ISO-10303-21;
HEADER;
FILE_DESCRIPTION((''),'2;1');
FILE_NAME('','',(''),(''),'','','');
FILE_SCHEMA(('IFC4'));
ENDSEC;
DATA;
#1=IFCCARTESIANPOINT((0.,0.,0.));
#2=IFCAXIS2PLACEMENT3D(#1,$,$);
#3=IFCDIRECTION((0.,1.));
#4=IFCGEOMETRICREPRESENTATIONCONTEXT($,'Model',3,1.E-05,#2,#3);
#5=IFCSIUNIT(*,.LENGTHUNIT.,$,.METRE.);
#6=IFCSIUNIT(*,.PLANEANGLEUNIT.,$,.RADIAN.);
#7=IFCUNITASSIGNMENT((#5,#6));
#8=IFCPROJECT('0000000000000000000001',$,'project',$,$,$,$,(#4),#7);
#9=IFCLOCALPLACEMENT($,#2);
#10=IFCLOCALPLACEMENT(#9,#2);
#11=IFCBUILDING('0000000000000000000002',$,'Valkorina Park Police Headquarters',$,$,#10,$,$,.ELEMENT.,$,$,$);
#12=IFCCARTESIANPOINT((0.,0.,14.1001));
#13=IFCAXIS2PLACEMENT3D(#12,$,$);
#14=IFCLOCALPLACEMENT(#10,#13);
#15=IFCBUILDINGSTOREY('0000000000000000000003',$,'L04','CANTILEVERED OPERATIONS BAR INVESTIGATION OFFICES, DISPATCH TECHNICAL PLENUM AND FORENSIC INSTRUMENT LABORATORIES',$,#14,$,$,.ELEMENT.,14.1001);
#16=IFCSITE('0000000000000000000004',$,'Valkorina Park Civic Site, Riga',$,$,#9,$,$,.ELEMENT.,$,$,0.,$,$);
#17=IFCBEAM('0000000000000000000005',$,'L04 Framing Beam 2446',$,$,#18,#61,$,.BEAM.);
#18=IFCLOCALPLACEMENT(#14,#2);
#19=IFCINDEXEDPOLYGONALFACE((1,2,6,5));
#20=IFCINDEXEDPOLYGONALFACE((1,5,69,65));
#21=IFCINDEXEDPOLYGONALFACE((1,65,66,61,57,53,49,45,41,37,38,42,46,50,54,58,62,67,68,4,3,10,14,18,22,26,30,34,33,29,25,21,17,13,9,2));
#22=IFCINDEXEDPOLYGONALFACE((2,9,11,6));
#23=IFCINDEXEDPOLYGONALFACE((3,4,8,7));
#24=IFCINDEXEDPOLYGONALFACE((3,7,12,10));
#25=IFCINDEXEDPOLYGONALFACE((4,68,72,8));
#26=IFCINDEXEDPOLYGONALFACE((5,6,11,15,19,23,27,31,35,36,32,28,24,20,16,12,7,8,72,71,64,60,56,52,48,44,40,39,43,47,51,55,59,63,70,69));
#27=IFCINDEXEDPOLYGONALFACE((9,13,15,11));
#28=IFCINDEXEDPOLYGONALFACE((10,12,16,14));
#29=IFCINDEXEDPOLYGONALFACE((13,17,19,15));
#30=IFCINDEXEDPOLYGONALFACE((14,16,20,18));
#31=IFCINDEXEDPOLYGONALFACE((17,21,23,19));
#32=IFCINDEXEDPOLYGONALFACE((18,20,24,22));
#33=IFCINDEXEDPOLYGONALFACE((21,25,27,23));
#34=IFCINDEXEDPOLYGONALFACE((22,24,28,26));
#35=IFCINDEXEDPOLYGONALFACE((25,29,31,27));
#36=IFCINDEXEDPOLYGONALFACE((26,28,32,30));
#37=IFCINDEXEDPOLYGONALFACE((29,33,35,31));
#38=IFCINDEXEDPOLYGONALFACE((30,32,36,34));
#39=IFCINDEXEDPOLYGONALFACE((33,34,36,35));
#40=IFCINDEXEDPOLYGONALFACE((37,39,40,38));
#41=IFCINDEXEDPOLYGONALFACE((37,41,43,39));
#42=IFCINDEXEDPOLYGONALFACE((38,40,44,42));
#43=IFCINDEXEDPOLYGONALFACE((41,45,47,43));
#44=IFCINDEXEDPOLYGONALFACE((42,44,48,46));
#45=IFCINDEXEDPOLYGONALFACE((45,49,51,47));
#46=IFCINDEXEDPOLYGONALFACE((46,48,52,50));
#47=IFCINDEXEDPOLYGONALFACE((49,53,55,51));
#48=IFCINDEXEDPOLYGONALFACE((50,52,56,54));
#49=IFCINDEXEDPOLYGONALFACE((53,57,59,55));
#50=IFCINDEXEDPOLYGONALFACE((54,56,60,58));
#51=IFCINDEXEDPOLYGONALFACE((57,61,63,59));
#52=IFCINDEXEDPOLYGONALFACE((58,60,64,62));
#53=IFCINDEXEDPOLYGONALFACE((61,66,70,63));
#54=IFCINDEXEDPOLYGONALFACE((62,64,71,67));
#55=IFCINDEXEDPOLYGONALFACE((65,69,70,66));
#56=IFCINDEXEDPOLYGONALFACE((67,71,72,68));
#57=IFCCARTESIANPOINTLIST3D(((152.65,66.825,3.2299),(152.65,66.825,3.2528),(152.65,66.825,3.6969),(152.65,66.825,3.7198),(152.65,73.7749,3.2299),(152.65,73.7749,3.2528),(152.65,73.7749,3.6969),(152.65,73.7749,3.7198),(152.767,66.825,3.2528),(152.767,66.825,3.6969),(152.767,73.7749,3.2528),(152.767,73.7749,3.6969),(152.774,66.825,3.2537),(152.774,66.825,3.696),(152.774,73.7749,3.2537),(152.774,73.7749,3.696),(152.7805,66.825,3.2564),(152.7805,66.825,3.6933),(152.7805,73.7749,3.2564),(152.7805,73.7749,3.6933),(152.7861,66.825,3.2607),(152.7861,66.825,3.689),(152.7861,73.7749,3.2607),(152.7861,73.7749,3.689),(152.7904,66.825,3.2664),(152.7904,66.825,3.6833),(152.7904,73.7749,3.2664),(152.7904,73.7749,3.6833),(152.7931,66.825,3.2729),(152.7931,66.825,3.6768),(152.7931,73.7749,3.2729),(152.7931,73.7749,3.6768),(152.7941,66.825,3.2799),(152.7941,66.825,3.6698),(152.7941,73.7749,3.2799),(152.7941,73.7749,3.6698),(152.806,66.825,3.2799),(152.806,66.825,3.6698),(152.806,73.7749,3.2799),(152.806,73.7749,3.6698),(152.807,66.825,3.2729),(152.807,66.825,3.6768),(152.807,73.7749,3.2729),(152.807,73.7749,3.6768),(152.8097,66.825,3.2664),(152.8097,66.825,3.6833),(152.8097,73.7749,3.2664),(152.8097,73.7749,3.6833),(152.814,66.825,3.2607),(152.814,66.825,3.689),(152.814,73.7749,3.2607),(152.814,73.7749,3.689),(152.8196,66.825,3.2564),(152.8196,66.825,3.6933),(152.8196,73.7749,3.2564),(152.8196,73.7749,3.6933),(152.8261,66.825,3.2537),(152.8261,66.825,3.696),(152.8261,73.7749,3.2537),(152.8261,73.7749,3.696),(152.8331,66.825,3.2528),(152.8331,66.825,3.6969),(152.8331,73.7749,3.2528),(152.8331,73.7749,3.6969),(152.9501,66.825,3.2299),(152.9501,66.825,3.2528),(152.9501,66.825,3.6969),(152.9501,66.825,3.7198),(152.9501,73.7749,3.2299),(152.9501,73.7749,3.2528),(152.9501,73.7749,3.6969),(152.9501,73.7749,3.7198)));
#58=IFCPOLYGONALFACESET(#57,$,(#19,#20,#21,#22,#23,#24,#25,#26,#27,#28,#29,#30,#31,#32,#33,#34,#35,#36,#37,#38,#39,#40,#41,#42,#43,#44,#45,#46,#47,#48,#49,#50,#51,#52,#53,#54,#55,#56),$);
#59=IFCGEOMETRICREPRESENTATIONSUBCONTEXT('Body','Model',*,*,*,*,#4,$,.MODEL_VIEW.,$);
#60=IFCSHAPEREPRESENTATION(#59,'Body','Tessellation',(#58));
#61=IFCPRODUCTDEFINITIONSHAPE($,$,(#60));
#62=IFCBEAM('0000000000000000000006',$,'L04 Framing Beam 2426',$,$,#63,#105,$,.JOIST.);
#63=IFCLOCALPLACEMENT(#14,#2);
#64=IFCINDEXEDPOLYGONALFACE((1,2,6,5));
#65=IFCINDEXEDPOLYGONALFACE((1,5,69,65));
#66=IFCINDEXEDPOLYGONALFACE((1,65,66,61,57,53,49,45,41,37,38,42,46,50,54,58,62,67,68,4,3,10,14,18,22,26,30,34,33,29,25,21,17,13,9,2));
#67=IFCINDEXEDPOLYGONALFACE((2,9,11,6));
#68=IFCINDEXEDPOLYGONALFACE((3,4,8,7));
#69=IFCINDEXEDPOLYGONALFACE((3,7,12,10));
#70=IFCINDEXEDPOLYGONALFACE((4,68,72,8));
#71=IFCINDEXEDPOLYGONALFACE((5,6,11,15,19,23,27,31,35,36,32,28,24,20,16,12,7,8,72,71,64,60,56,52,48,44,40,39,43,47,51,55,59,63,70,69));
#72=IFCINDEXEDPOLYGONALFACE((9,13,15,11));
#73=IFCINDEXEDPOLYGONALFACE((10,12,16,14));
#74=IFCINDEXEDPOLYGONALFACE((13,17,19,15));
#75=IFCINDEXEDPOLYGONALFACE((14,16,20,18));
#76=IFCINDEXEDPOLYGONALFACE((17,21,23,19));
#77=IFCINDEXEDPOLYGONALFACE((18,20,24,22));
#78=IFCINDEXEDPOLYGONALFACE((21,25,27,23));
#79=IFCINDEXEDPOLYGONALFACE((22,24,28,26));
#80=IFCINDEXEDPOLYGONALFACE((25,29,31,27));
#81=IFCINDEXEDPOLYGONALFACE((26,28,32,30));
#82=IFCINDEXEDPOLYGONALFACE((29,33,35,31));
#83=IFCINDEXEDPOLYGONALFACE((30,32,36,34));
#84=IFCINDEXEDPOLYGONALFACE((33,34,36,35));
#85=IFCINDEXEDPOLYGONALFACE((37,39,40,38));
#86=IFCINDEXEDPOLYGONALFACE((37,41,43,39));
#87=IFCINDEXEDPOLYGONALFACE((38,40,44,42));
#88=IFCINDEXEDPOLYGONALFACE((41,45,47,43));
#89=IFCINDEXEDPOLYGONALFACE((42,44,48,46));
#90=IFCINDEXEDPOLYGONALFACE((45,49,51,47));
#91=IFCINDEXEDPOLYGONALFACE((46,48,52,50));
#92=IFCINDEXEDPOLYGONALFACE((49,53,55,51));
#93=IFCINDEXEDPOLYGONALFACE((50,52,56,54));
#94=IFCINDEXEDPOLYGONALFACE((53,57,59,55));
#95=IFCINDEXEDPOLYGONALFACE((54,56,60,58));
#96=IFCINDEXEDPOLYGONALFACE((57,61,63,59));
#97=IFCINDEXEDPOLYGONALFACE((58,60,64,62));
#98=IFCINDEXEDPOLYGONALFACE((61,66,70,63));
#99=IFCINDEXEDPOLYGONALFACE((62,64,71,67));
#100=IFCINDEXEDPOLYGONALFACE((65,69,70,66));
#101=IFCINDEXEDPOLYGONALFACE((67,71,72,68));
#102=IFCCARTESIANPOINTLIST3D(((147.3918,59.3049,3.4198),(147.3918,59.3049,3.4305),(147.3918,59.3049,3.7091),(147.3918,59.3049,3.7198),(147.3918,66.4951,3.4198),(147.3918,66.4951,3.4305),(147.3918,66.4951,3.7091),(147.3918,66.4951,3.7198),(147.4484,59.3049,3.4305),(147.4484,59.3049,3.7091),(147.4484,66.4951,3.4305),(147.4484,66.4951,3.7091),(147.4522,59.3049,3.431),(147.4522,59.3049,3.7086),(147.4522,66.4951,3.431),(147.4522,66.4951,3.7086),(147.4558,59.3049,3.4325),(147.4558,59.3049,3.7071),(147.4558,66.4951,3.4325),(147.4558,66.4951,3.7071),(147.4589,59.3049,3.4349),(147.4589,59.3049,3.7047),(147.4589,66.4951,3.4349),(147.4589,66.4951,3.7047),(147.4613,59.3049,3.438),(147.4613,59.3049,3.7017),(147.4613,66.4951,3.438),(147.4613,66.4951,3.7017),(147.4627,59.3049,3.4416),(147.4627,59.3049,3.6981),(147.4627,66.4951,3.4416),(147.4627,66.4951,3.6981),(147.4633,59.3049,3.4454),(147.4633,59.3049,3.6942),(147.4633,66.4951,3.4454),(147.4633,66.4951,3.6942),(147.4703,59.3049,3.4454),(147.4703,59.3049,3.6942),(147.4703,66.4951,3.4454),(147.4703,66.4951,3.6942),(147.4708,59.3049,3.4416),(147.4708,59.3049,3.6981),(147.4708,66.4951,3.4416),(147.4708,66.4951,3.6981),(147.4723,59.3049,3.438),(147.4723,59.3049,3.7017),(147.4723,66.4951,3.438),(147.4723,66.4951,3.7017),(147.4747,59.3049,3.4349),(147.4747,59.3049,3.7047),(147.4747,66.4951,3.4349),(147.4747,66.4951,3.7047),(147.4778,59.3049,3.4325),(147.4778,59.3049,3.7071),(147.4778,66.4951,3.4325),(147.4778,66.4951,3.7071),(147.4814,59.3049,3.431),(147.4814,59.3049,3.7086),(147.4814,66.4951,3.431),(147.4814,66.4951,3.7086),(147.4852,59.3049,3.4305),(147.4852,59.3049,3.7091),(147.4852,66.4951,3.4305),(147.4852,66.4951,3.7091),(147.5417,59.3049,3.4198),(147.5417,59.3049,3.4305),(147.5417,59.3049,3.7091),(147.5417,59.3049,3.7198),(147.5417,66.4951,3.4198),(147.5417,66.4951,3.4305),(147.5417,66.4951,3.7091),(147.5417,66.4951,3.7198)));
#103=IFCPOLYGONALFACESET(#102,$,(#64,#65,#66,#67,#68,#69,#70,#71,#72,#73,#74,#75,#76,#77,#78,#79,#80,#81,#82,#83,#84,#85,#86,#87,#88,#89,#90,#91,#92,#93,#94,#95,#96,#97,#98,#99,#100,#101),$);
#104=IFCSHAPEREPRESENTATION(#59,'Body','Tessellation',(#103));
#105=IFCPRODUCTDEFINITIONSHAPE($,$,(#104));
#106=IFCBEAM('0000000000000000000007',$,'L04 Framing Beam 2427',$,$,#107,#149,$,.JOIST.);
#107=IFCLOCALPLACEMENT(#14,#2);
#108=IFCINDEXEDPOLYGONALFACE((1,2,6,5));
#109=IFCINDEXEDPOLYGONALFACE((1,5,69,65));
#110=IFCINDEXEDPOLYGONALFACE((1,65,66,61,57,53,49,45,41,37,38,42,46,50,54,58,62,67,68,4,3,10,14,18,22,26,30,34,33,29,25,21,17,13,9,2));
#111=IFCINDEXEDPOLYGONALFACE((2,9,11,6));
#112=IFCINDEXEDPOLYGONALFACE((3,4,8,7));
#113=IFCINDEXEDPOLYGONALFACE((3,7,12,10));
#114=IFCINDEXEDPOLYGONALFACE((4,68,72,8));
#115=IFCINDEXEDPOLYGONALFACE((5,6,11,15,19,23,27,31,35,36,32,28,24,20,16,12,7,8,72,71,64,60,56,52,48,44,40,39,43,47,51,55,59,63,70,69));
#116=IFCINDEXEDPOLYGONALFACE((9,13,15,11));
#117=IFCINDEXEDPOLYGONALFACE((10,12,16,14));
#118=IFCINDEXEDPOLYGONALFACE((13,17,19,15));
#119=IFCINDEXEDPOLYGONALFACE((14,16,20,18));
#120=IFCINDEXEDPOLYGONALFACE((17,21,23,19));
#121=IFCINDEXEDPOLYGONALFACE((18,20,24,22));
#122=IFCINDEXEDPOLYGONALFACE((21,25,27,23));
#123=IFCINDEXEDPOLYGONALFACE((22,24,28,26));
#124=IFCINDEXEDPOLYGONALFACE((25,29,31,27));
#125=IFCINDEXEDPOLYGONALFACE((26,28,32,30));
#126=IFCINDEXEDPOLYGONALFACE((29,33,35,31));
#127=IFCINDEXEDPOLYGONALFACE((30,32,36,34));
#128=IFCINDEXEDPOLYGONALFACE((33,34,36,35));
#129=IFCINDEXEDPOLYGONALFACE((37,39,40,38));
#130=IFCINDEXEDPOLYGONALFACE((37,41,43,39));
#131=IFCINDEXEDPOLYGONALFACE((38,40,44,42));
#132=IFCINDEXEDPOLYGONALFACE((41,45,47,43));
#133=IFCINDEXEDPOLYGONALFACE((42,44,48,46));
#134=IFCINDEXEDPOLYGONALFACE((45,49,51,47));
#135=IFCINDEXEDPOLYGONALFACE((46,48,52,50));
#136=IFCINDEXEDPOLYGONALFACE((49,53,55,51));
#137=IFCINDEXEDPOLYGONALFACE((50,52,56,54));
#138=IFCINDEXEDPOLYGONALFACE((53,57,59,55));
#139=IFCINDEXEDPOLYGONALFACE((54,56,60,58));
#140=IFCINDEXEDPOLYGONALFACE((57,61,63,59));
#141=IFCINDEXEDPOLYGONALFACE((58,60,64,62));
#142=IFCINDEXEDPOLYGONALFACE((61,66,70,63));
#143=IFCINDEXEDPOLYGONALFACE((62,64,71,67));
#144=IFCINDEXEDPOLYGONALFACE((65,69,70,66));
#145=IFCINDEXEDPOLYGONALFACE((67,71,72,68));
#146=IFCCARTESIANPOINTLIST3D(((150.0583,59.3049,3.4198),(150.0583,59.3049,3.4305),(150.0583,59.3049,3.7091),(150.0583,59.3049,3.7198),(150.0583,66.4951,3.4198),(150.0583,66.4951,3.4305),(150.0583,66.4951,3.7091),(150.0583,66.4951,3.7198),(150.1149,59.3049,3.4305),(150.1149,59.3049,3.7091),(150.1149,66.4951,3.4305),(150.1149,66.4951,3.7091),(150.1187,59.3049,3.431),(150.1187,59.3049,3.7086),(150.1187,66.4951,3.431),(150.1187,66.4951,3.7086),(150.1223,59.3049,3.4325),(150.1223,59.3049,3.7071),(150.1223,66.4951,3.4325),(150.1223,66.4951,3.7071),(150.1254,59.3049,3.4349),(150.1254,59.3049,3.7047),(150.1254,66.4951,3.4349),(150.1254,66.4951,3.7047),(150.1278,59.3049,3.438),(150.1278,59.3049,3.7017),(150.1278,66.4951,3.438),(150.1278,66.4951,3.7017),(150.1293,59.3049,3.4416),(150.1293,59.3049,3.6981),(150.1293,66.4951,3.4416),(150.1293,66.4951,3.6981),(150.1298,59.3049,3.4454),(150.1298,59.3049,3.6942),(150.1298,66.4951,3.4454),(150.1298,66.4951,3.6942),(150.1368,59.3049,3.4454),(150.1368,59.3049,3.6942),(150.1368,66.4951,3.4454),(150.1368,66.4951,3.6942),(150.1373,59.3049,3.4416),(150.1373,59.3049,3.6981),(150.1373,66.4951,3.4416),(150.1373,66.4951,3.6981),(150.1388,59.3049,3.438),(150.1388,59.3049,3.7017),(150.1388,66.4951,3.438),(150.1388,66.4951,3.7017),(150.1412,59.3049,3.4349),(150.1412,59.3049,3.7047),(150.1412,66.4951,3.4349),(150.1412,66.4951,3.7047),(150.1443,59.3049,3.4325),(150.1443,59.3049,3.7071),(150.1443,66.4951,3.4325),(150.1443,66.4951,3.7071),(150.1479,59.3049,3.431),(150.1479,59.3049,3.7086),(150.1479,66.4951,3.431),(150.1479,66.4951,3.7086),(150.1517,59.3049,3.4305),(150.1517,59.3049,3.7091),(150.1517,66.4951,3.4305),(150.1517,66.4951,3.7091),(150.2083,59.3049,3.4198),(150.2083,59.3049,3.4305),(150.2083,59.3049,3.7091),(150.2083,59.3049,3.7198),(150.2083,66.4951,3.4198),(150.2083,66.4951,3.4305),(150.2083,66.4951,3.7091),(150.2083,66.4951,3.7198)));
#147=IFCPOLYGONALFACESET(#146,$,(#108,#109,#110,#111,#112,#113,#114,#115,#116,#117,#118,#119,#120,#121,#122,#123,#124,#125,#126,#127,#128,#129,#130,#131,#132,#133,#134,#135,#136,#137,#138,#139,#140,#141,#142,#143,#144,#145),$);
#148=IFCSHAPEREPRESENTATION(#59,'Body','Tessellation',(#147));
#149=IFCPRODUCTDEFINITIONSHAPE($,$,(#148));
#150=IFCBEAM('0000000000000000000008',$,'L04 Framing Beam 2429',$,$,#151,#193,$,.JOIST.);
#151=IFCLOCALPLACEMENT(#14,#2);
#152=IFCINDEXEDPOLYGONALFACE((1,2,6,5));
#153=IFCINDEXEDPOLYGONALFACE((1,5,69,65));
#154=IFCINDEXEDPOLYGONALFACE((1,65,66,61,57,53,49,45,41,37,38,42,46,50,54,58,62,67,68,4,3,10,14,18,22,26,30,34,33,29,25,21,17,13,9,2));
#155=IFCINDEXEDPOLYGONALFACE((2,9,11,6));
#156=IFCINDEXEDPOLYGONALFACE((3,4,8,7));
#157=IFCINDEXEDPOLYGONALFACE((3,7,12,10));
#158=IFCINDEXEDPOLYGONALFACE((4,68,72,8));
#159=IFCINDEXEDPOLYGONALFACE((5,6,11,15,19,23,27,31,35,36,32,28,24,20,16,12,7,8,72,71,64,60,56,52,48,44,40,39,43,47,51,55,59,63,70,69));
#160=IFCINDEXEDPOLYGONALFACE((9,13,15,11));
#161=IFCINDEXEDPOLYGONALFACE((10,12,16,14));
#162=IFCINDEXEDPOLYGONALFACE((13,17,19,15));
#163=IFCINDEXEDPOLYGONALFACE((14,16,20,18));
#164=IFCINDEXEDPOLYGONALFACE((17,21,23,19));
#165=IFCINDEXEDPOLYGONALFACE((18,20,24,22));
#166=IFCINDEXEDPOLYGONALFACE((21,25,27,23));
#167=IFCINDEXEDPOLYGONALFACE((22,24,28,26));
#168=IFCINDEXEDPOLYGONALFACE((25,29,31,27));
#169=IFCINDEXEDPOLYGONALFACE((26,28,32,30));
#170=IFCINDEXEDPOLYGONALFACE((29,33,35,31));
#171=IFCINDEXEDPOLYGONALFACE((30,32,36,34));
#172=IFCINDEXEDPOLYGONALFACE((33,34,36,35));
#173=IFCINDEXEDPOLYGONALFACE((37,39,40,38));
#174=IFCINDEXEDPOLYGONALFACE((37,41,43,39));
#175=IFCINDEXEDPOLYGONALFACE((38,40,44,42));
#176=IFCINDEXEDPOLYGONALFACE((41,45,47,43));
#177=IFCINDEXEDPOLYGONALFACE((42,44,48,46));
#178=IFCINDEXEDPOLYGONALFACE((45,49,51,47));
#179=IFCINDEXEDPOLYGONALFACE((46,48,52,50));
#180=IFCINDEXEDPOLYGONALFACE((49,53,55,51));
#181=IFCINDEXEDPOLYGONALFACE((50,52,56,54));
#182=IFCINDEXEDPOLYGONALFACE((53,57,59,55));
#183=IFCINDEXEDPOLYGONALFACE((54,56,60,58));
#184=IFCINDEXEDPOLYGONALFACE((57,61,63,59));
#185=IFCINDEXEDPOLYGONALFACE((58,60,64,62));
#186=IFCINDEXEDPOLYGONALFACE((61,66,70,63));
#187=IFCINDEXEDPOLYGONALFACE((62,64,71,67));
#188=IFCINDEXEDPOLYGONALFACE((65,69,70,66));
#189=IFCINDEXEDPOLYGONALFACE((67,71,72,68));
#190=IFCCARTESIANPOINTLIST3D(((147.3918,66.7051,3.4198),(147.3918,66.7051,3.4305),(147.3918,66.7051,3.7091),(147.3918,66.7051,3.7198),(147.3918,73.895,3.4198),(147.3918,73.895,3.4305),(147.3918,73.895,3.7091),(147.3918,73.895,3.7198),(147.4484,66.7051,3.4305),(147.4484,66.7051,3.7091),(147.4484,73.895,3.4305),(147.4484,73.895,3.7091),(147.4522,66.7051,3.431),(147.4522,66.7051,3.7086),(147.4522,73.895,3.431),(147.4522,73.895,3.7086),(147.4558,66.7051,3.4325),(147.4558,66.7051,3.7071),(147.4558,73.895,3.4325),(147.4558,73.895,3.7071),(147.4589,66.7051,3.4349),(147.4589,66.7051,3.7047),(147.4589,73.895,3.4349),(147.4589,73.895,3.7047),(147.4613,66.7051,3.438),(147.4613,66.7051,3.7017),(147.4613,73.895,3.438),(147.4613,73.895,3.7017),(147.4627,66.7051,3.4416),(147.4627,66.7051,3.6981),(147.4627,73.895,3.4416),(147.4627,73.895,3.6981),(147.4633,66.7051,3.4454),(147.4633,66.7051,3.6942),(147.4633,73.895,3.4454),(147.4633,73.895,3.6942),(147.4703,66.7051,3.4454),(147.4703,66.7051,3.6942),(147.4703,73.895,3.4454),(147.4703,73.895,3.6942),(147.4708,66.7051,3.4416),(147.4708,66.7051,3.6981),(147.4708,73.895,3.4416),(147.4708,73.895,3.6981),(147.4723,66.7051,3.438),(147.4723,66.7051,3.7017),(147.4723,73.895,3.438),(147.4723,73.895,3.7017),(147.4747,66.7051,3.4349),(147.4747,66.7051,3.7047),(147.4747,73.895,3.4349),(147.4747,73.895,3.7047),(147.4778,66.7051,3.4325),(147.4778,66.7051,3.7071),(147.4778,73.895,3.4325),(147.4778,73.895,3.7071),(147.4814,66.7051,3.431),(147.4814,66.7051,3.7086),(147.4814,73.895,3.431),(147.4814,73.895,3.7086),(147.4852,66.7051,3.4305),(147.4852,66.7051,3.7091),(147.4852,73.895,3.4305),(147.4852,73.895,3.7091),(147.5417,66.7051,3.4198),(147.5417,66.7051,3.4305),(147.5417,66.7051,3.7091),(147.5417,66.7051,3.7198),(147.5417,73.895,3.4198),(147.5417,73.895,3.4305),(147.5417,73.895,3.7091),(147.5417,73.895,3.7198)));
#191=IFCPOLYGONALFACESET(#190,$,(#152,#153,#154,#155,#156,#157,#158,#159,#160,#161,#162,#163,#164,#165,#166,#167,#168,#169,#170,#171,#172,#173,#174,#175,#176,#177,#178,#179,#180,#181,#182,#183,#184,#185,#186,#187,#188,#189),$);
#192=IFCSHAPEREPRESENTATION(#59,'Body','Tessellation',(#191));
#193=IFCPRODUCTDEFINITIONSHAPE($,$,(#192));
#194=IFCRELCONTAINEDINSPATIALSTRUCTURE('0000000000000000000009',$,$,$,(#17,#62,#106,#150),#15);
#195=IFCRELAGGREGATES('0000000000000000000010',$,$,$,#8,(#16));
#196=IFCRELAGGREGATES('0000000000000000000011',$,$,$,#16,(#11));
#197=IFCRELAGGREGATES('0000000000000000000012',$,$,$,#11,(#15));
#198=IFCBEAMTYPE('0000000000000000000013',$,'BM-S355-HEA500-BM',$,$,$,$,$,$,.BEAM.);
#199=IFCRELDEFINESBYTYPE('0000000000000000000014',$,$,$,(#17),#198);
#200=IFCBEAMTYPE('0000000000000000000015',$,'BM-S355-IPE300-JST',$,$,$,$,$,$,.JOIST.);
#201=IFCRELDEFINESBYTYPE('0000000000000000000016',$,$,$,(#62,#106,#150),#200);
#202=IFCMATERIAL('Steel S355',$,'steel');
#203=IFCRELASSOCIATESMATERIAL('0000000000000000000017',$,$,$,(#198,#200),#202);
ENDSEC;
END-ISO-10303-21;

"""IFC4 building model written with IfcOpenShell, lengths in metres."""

from ifc_helpers import new_model, si_unit, direction, frame, origin, origin_2d, place, context, subcontext, project, spatial, i_section, extrude, material, material_profile, profile_set, type_object, element, save


model = new_model("IFC4")

# Units and contexts
model_context = context("Model", 3, precision=1e-05, world=origin(), true_north=direction((0.0, 1.0)))
body_context = subcontext(model_context, "Body", "Model", "MODEL_VIEW")
ifc_project = project(units=[si_unit("LENGTHUNIT", "METRE"), si_unit("PLANEANGLEUNIT", "RADIAN")], contexts=[model_context])

# Site, building, storey
site_placement = place(None, origin())
site = spatial("IfcSite", under=ifc_project, at=site_placement, Name="Valkorina Park Civic Site, Riga", CompositionType="ELEMENT", RefElevation=0.0)
building_placement = place(site_placement, origin())
building = spatial("IfcBuilding", under=site, at=building_placement, Name="Valkorina Park Police Headquarters", CompositionType="ELEMENT")
storey_placement = place(building_placement, frame((0.0, 0.0, 14.1001)))
storey = spatial("IfcBuildingStorey", under=building, at=storey_placement, Name="L04", Description="CANTILEVERED OPERATIONS BAR INVESTIGATION OFFICES, DISPATCH TECHNICAL PLENUM AND FORENSIC INSTRUMENT LABORATORIES", CompositionType="ELEMENT", Elevation=14.1001)

# Shared definitions
ifc_material = material(Name="Steel S355", Category="steel")

# Beams
ifc_material_profile_1 = material_profile(ifc_material, i_section(OverallWidth=0.3, OverallDepth=0.49, WebThickness=0.012, FlangeThickness=0.0229, FilletRadius=0.0271, at=origin_2d()), Name="HEA 500")
ifc_profile_set_1 = profile_set([ifc_material_profile_1], Name="Steel S355")
beam_type_1 = type_object("IfcBeamType", Name="BM-S355-HEA500-BM", PredefinedType="BEAM", material=ifc_profile_set_1)
for number, where, z_axis, x_axis, name in (
    (1, (152.8, 66.825, 3.4749), (0.0, 1.0, 0.0), (-1.0, 0.0, 0.0), "L04 Framing Beam 2446"),
):
    element("IfcBeam", number, at=place(storey_placement, frame(where, z_axis=z_axis, x_axis=x_axis)), inside=storey, type_object=beam_type_1, Name=name, PredefinedType="BEAM", context=body_context, shape_type="SweptSolid", body=[
        extrude(i_section(OverallWidth=0.3, OverallDepth=0.49, WebThickness=0.012, FlangeThickness=0.0229, FilletRadius=0.0271, at=origin_2d()), origin(), (0.0, 0.0, 1.0), 6.95),
    ])
ifc_material_profile_2 = material_profile(ifc_material, i_section(OverallWidth=0.1499, OverallDepth=0.3, WebThickness=0.0071, FlangeThickness=0.0107, FilletRadius=0.0149, at=origin_2d()), Name="IPE 300")
ifc_profile_set_2 = profile_set([ifc_material_profile_2], Name="Steel S355")
beam_type_2 = type_object("IfcBeamType", Name="BM-S355-IPE300-JST", PredefinedType="JOIST", material=ifc_profile_set_2)
for number, where, z_axis, x_axis, name in (
    (2, (147.4668, 59.3049, 3.5698), (0.0, 1.0, 0.0), (-1.0, 0.0, 0.0), "L04 Framing Beam 2426"),
    (3, (150.1333, 59.3049, 3.5698), (0.0, 1.0, 0.0), (-1.0, 0.0, 0.0), "L04 Framing Beam 2427"),
):
    element("IfcBeam", number, at=place(storey_placement, frame(where, z_axis=z_axis, x_axis=x_axis)), inside=storey, type_object=beam_type_2, Name=name, PredefinedType="JOIST", context=body_context, shape_type="SweptSolid", body=[
        extrude(i_section(OverallWidth=0.1499, OverallDepth=0.3, WebThickness=0.0071, FlangeThickness=0.0107, FilletRadius=0.0149, at=origin_2d()), origin(), (0.0, 0.0, 1.0), 7.1902),
    ])
for number, where, z_axis, x_axis, name in (
    (4, (147.4668, 66.7051, 3.5698), (0.0, 1.0, 0.0), (-1.0, 0.0, 0.0), "L04 Framing Beam 2429"),
):
    element("IfcBeam", number, at=place(storey_placement, frame(where, z_axis=z_axis, x_axis=x_axis)), inside=storey, type_object=beam_type_2, Name=name, PredefinedType="JOIST", context=body_context, shape_type="SweptSolid", body=[
        extrude(i_section(OverallWidth=0.1499, OverallDepth=0.3, WebThickness=0.0071, FlangeThickness=0.0107, FilletRadius=0.0149, at=origin_2d()), origin(), (0.0, 0.0, 1.0), 7.1899),
    ])

save(model, "model.ifc")
